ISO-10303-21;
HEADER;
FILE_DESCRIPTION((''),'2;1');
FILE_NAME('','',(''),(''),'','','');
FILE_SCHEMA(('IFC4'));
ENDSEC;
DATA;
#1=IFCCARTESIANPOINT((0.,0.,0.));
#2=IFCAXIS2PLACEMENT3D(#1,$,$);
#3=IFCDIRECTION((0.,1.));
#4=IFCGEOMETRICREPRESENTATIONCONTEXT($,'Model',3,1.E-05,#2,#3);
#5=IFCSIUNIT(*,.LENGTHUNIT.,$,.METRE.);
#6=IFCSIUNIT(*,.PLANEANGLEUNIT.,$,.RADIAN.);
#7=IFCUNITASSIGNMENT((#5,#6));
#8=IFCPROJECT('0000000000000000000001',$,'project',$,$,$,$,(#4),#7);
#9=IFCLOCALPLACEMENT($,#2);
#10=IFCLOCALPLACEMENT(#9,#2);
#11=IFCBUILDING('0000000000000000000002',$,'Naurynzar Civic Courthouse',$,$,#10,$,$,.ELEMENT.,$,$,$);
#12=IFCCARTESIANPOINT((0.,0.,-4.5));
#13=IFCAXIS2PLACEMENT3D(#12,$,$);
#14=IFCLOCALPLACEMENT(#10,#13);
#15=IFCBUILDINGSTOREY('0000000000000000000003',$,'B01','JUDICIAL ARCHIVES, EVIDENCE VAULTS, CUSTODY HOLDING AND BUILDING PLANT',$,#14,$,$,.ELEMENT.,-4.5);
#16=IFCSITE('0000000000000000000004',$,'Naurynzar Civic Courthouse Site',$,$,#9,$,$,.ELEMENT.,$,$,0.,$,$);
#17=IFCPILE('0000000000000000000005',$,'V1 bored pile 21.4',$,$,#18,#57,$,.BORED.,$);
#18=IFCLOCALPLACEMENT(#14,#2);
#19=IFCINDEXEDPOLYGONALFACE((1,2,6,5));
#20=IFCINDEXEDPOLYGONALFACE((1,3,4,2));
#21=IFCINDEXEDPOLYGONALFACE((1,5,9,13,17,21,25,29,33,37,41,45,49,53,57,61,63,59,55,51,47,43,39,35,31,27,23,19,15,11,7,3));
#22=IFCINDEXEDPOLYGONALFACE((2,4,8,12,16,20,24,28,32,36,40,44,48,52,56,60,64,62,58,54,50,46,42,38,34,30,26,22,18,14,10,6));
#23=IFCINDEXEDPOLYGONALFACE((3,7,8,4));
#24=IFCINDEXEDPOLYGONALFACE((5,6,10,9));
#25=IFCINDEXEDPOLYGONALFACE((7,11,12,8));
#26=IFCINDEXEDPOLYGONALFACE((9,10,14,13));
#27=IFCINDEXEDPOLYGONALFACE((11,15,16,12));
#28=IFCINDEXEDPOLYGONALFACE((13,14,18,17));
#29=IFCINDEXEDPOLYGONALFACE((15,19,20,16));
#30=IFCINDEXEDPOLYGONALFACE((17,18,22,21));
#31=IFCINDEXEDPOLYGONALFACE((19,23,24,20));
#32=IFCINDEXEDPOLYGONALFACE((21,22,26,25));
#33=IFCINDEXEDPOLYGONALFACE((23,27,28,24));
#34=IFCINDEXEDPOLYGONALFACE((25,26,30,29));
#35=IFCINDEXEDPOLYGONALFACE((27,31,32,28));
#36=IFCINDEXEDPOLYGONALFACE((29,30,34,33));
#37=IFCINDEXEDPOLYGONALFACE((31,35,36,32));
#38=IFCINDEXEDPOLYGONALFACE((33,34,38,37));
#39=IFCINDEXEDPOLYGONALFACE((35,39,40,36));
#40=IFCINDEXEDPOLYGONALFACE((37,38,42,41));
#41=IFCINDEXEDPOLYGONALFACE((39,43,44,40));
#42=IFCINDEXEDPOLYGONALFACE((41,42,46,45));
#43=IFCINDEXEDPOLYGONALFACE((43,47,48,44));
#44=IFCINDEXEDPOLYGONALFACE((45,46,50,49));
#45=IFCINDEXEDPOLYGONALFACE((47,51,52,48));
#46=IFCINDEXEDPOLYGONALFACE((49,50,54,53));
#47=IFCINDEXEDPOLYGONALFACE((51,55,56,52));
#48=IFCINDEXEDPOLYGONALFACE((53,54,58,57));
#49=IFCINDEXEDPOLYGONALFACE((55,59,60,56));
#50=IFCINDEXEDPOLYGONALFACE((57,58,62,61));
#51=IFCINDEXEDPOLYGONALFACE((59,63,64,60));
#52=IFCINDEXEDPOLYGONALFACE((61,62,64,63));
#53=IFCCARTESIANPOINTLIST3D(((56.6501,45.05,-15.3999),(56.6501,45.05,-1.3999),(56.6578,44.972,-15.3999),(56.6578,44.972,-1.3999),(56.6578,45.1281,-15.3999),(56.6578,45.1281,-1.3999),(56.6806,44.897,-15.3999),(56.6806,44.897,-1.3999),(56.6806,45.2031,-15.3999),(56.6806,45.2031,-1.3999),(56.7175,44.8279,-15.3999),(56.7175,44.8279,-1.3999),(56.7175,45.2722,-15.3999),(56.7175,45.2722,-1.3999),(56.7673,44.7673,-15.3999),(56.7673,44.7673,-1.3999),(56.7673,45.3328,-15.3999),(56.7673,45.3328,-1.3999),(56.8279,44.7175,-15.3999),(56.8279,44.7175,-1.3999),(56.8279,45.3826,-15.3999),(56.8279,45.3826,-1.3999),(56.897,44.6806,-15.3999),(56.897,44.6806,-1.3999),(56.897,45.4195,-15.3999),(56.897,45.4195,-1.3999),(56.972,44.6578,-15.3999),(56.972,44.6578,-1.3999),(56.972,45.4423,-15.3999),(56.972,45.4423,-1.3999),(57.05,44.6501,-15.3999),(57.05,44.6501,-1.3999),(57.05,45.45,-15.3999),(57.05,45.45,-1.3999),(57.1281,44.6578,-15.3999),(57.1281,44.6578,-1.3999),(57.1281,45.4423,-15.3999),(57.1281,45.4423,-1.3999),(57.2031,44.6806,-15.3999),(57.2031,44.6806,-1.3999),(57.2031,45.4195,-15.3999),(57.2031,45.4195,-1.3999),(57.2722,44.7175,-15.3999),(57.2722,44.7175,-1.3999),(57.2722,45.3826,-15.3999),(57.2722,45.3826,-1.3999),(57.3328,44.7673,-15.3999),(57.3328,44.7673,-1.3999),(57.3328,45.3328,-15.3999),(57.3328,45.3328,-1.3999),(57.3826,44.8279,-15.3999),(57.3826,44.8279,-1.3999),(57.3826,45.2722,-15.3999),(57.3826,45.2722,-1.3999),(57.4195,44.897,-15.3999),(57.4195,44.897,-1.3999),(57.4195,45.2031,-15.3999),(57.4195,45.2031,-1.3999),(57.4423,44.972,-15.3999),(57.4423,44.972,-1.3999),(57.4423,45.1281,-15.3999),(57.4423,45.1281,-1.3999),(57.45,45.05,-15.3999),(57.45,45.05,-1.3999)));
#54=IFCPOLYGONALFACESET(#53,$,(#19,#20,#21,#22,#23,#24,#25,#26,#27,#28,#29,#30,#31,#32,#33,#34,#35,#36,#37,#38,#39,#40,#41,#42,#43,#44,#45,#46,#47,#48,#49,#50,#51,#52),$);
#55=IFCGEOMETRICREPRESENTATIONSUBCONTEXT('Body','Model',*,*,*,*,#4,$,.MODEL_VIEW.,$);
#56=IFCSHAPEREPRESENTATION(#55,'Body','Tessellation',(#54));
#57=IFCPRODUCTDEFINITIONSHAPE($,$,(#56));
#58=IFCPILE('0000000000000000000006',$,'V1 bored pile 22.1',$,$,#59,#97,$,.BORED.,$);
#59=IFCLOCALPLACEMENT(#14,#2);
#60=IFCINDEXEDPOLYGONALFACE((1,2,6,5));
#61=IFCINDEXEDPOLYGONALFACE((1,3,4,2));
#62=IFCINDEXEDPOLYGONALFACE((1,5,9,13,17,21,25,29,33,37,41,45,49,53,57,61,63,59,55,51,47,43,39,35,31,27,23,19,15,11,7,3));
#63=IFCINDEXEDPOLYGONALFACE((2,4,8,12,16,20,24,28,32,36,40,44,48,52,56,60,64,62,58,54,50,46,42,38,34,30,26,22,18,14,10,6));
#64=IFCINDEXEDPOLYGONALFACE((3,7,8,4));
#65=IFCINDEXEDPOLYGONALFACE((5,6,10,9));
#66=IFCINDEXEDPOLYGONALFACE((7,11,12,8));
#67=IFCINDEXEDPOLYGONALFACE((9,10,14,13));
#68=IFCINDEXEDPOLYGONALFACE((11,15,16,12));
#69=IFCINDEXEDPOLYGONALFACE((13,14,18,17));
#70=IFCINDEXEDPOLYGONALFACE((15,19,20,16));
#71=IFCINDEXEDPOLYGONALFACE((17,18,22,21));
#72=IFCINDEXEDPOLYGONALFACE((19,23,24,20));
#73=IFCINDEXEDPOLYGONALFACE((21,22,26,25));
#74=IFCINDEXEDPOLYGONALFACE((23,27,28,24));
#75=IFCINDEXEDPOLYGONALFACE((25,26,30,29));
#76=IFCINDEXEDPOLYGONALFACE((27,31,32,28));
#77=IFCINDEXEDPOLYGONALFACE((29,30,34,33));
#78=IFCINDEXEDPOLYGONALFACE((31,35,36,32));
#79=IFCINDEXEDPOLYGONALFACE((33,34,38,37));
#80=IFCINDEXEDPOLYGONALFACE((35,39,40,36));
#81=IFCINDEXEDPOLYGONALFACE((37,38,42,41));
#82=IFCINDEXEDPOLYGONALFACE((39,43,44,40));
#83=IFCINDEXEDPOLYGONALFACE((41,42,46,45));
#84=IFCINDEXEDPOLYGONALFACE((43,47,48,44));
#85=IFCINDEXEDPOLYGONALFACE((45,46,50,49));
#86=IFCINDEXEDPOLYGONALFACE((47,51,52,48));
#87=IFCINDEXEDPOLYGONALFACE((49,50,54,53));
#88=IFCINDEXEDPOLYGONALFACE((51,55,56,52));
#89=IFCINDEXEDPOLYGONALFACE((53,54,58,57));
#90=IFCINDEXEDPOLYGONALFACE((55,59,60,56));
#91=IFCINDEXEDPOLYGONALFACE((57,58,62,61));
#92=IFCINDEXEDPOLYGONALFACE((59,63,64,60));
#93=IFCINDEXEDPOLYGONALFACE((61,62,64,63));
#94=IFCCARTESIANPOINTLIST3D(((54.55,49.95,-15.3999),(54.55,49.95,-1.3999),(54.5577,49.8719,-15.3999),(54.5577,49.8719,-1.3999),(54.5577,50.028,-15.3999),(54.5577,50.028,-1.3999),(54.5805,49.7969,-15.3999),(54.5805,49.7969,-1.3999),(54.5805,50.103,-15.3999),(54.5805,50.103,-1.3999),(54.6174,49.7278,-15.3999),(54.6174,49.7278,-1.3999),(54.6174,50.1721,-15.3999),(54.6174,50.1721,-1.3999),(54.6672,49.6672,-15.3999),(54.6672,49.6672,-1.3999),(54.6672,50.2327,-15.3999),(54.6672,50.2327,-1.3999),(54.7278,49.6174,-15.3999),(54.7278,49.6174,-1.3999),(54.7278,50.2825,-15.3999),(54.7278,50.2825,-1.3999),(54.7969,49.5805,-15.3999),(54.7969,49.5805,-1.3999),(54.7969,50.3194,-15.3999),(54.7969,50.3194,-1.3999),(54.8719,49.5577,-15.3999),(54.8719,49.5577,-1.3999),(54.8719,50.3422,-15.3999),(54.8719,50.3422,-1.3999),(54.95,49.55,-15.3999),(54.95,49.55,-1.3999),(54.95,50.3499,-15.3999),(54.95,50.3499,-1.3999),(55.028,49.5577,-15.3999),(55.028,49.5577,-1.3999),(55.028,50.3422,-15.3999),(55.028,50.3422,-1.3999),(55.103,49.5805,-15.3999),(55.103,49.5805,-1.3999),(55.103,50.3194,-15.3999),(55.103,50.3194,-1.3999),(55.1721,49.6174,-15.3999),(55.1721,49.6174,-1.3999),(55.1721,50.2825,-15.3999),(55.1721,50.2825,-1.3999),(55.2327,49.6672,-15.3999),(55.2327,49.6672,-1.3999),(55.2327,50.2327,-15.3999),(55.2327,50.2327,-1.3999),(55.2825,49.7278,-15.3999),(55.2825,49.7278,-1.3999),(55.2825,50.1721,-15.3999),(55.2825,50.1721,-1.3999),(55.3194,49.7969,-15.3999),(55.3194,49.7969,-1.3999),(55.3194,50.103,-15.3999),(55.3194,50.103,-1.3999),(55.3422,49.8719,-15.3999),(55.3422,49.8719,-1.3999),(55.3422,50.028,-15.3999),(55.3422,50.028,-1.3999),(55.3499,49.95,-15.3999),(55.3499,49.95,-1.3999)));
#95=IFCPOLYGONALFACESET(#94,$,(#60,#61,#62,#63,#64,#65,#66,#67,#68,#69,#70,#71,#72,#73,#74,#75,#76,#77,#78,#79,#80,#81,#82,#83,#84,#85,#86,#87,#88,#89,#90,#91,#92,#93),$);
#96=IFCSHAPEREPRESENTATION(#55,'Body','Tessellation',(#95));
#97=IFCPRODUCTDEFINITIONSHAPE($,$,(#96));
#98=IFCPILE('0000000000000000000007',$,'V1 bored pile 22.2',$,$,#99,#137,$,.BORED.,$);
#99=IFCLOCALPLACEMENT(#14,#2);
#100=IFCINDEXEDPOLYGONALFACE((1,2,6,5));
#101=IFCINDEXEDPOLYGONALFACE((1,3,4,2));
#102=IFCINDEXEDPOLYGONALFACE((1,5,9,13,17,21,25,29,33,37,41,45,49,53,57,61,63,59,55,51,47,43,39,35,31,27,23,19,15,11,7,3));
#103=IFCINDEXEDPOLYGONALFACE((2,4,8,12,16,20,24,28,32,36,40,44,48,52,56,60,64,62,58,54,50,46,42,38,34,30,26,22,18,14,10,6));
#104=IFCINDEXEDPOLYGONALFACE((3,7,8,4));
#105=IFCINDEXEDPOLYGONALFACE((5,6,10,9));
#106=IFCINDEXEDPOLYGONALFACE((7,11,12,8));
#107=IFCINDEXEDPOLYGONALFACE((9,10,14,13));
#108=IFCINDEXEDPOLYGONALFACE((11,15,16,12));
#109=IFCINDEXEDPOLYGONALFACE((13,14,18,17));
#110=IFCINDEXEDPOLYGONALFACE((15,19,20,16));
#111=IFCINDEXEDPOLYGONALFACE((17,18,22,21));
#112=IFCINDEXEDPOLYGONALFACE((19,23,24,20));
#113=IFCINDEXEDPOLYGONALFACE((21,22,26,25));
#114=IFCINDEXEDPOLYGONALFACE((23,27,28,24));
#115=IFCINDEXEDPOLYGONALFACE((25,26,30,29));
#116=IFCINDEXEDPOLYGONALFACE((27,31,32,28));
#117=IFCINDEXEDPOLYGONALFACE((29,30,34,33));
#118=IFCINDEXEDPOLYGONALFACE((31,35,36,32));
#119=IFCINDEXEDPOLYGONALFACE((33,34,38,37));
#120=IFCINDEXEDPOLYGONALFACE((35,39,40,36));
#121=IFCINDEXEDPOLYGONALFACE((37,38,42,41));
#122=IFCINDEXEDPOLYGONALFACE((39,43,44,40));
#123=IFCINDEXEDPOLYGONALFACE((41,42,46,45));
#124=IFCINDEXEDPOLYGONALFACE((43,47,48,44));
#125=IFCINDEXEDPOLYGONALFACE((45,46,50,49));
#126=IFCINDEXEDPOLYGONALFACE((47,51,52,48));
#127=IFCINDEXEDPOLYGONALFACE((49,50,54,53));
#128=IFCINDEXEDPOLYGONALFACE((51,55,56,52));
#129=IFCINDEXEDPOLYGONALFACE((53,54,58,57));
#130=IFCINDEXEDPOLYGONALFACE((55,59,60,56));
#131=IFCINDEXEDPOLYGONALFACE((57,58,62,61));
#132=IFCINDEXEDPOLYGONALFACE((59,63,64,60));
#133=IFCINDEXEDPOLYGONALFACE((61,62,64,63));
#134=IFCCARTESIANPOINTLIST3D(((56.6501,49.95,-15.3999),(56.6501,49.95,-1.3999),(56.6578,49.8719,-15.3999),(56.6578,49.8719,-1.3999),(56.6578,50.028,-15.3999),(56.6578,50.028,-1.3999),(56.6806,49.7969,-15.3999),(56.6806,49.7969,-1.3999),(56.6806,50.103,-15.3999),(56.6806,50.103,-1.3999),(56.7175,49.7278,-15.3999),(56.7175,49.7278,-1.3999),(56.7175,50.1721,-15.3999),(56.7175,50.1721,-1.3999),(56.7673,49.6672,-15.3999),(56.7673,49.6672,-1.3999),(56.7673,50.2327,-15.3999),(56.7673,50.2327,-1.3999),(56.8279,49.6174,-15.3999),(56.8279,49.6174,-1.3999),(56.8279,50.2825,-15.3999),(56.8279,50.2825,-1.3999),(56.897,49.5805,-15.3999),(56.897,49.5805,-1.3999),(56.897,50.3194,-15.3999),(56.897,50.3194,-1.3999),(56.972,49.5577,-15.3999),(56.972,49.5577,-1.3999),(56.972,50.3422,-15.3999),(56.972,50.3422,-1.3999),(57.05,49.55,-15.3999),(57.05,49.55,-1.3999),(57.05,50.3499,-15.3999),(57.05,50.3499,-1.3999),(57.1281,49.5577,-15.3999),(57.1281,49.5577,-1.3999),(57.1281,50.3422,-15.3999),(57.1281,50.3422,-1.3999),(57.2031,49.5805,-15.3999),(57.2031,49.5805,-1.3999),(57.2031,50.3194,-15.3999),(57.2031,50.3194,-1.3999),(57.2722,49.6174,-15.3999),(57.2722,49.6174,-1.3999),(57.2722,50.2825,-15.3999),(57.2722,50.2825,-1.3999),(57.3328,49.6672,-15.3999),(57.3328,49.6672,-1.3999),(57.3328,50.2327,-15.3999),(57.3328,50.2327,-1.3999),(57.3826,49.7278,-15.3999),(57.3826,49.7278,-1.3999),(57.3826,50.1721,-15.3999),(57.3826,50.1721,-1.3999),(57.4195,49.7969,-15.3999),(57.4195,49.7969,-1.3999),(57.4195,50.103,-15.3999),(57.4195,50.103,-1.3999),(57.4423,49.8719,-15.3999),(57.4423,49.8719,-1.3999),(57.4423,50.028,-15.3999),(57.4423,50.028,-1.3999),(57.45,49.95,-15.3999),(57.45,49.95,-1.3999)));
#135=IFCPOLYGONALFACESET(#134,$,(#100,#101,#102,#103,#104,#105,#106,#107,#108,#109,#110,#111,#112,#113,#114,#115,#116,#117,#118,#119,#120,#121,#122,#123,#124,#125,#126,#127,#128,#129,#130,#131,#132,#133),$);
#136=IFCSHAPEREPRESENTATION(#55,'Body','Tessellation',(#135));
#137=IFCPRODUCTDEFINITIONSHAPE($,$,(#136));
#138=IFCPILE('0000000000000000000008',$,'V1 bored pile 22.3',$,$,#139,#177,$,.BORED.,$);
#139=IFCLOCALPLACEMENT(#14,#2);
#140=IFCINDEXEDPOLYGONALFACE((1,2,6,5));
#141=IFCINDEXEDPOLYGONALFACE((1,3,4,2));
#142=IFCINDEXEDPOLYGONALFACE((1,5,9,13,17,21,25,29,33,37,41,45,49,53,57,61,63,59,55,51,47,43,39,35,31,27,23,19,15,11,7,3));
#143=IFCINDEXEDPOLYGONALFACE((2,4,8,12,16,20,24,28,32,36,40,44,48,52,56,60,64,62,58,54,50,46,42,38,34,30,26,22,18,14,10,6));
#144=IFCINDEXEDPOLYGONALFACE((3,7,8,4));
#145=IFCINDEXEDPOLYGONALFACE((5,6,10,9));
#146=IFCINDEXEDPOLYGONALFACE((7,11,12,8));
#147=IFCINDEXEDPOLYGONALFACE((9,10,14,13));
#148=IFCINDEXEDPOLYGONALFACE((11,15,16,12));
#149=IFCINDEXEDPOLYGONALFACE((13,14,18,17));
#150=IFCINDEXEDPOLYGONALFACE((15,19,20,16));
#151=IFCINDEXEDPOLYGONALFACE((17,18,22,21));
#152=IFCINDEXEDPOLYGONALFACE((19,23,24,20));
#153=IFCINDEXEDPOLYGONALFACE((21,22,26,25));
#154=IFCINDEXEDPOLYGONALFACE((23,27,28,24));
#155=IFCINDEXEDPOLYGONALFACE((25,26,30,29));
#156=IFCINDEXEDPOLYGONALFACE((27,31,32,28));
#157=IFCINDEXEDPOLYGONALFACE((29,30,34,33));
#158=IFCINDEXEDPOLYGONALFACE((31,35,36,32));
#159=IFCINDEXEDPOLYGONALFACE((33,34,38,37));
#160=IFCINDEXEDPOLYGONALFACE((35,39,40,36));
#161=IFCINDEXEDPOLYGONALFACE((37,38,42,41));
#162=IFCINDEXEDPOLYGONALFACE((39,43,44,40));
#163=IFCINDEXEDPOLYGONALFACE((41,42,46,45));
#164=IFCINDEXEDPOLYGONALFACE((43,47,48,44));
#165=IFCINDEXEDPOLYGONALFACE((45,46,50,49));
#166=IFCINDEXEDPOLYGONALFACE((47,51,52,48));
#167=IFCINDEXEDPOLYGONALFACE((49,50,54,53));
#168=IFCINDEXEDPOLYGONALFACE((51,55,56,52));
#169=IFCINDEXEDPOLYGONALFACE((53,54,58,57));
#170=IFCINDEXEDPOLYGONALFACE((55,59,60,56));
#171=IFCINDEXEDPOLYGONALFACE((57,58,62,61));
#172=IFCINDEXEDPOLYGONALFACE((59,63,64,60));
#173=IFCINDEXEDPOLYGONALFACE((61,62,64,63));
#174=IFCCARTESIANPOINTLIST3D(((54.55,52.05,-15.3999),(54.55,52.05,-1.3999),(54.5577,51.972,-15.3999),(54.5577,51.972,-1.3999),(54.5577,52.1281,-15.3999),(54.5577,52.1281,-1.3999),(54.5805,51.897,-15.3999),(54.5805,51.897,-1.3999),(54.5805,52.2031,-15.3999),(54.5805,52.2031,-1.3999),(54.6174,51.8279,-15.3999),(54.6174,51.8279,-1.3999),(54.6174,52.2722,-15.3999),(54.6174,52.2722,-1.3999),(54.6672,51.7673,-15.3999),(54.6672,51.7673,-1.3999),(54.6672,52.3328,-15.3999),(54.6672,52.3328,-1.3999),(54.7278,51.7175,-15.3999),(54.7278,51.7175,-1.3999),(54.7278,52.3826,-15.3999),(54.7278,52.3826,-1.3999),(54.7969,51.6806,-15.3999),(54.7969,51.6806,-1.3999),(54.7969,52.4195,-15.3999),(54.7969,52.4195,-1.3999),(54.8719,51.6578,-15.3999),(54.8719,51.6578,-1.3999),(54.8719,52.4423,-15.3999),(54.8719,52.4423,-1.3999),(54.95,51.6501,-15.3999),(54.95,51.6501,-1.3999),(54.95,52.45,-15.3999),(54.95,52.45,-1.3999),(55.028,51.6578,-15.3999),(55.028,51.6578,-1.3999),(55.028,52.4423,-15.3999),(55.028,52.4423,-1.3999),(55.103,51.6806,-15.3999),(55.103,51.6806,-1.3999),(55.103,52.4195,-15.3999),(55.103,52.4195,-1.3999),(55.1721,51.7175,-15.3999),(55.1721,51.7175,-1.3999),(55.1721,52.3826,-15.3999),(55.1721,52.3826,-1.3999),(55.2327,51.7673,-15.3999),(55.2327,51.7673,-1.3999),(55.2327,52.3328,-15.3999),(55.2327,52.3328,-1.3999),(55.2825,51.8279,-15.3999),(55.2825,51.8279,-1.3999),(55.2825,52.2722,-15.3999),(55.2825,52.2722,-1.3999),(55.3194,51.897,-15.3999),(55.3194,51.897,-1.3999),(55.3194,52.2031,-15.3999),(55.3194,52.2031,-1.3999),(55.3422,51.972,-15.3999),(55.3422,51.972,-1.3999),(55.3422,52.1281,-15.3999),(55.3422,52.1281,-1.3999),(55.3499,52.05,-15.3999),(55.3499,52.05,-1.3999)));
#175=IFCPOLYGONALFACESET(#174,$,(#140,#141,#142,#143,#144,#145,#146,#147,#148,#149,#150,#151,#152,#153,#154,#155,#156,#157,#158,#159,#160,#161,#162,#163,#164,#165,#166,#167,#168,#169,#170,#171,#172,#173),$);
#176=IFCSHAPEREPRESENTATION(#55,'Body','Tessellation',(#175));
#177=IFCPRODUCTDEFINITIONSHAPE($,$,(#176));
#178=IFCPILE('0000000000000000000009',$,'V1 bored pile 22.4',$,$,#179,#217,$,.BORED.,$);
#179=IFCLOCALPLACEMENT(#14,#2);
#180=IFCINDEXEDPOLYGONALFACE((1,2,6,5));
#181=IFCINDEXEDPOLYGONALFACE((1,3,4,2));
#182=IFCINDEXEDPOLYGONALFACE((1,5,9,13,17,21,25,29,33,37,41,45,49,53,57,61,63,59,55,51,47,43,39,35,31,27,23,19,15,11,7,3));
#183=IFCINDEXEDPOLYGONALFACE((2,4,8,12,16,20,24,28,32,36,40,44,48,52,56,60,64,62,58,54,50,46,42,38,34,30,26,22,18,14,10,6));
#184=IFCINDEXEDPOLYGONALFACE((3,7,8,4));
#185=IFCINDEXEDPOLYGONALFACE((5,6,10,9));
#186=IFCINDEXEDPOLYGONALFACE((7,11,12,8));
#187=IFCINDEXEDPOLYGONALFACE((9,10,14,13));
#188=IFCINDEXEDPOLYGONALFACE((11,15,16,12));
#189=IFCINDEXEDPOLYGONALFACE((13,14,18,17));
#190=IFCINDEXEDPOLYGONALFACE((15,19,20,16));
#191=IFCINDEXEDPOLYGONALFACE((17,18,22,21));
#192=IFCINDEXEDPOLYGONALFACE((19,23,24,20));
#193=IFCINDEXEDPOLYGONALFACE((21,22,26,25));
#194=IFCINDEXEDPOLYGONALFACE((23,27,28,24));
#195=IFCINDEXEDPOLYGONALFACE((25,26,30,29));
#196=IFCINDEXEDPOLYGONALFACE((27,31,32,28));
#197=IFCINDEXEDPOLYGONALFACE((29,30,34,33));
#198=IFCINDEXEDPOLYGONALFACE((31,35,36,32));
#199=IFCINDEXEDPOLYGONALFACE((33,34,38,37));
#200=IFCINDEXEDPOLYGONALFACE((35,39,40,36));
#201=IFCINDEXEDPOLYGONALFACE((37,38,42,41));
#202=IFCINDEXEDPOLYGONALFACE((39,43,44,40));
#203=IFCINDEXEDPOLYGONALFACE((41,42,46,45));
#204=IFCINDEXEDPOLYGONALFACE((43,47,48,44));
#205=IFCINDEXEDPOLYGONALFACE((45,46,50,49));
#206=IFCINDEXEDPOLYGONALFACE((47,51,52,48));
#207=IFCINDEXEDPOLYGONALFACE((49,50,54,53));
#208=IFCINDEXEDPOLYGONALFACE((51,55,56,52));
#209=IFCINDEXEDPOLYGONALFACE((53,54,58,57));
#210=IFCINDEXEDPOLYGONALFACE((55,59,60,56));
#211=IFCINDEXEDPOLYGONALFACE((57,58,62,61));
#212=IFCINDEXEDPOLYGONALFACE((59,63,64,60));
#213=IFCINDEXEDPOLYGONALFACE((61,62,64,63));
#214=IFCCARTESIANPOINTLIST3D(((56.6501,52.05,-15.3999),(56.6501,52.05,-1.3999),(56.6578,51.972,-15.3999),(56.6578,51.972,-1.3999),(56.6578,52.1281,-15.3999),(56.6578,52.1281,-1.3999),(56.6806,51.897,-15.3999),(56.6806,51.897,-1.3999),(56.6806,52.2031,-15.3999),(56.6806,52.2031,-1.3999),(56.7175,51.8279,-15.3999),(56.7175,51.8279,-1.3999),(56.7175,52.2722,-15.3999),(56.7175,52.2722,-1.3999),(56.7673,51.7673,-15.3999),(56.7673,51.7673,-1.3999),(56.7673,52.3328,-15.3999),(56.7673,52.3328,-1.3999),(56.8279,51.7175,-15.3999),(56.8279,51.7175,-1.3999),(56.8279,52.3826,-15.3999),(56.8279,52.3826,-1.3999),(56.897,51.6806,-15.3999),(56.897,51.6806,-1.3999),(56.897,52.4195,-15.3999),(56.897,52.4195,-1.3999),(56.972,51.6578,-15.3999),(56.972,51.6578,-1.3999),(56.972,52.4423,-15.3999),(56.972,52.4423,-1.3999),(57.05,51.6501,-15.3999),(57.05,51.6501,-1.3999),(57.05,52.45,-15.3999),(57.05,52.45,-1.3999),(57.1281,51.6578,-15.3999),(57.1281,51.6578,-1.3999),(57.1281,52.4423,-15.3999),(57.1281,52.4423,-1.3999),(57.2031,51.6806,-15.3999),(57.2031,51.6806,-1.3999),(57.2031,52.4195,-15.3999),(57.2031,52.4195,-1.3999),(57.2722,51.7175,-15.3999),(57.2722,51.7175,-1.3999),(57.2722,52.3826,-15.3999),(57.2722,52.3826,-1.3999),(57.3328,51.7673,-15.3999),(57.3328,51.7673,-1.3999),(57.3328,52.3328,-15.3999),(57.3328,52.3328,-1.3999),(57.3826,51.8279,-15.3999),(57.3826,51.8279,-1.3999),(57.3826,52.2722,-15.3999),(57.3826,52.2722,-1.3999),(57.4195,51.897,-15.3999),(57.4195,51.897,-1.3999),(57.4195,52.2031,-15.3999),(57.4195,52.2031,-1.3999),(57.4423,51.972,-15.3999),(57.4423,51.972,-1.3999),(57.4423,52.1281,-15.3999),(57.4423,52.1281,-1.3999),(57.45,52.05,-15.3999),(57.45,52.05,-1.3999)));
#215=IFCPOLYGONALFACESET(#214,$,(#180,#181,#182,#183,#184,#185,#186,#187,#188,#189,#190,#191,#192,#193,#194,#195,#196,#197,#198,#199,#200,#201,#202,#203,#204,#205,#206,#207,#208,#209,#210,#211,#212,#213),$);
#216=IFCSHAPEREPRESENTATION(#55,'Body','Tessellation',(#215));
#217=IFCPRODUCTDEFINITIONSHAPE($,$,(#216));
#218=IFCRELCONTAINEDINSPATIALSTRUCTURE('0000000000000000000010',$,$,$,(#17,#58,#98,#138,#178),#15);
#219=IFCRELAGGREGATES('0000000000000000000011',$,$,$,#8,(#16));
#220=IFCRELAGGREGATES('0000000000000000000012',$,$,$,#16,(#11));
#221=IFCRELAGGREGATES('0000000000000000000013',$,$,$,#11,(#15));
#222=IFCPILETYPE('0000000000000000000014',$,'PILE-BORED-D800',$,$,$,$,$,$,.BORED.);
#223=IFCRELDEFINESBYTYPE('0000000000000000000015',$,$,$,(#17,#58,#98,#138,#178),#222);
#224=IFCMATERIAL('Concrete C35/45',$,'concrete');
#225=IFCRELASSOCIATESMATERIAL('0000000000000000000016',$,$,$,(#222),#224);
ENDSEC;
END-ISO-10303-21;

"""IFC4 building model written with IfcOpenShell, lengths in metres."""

from ifc_helpers import new_model, si_unit, direction, frame, origin, origin_2d, place, context, subcontext, project, spatial, circle, extrude, material, material_profile, profile_set, type_object, element, save


model = new_model("IFC4")

# Units and contexts
model_context = context("Model", 3, precision=1e-05, world=origin(), true_north=direction((0.0, 1.0)))
body_context = subcontext(model_context, "Body", "Model", "MODEL_VIEW")
ifc_project = project(units=[si_unit("LENGTHUNIT", "METRE"), si_unit("PLANEANGLEUNIT", "RADIAN")], contexts=[model_context])

# Site, building, storey
site_placement = place(None, origin())
site = spatial("IfcSite", under=ifc_project, at=site_placement, Name="Naurynzar Civic Courthouse Site", CompositionType="ELEMENT", RefElevation=0.0)
building_placement = place(site_placement, origin())
building = spatial("IfcBuilding", under=site, at=building_placement, Name="Naurynzar Civic Courthouse", CompositionType="ELEMENT")
storey_placement = place(building_placement, frame((0.0, 0.0, -4.5)))
storey = spatial("IfcBuildingStorey", under=building, at=storey_placement, Name="B01", Description="JUDICIAL ARCHIVES, EVIDENCE VAULTS, CUSTODY HOLDING AND BUILDING PLANT", CompositionType="ELEMENT", Elevation=-4.5)

# Piles
ifc_material_1 = material(Name="Concrete C35/45", Category="concrete")
ifc_material_profile_1 = material_profile(ifc_material_1, circle(Radius=0.3999, at=origin_2d()), Name="PILE D800")
ifc_profile_set_1 = profile_set([ifc_material_profile_1], Name="Concrete C35/45")
pile_type = type_object("IfcPileType", Name="PILE-BORED-D800", PredefinedType="BORED", material=ifc_profile_set_1)
for number, where, z_axis, x_axis, name in (
    (1, (57.05, 45.05, -1.3999), (0.0, 0.0, -1.0), (1.0, 0.0, 0.0), "V1 bored pile 21.4"),
    (2, (54.95, 49.95, -1.3999), (0.0, 0.0, -1.0), (1.0, 0.0, 0.0), "V1 bored pile 22.1"),
    (3, (57.05, 49.95, -1.3999), (0.0, 0.0, -1.0), (1.0, 0.0, 0.0), "V1 bored pile 22.2"),
    (4, (54.95, 52.05, -1.3999), (0.0, 0.0, -1.0), (1.0, 0.0, 0.0), "V1 bored pile 22.3"),
    (5, (57.05, 52.05, -1.3999), (0.0, 0.0, -1.0), (1.0, 0.0, 0.0), "V1 bored pile 22.4"),
):
    element("IfcPile", number, at=place(storey_placement, frame(where, z_axis=z_axis, x_axis=x_axis)), inside=storey, type_object=pile_type, Name=name, PredefinedType="BORED", context=body_context, shape_type="SweptSolid", body=[
        extrude(circle(Radius=0.3999, at=origin_2d()), origin(), (0.0, 0.0, 1.0), 14.0),
    ])

save(model, "model.ifc")
